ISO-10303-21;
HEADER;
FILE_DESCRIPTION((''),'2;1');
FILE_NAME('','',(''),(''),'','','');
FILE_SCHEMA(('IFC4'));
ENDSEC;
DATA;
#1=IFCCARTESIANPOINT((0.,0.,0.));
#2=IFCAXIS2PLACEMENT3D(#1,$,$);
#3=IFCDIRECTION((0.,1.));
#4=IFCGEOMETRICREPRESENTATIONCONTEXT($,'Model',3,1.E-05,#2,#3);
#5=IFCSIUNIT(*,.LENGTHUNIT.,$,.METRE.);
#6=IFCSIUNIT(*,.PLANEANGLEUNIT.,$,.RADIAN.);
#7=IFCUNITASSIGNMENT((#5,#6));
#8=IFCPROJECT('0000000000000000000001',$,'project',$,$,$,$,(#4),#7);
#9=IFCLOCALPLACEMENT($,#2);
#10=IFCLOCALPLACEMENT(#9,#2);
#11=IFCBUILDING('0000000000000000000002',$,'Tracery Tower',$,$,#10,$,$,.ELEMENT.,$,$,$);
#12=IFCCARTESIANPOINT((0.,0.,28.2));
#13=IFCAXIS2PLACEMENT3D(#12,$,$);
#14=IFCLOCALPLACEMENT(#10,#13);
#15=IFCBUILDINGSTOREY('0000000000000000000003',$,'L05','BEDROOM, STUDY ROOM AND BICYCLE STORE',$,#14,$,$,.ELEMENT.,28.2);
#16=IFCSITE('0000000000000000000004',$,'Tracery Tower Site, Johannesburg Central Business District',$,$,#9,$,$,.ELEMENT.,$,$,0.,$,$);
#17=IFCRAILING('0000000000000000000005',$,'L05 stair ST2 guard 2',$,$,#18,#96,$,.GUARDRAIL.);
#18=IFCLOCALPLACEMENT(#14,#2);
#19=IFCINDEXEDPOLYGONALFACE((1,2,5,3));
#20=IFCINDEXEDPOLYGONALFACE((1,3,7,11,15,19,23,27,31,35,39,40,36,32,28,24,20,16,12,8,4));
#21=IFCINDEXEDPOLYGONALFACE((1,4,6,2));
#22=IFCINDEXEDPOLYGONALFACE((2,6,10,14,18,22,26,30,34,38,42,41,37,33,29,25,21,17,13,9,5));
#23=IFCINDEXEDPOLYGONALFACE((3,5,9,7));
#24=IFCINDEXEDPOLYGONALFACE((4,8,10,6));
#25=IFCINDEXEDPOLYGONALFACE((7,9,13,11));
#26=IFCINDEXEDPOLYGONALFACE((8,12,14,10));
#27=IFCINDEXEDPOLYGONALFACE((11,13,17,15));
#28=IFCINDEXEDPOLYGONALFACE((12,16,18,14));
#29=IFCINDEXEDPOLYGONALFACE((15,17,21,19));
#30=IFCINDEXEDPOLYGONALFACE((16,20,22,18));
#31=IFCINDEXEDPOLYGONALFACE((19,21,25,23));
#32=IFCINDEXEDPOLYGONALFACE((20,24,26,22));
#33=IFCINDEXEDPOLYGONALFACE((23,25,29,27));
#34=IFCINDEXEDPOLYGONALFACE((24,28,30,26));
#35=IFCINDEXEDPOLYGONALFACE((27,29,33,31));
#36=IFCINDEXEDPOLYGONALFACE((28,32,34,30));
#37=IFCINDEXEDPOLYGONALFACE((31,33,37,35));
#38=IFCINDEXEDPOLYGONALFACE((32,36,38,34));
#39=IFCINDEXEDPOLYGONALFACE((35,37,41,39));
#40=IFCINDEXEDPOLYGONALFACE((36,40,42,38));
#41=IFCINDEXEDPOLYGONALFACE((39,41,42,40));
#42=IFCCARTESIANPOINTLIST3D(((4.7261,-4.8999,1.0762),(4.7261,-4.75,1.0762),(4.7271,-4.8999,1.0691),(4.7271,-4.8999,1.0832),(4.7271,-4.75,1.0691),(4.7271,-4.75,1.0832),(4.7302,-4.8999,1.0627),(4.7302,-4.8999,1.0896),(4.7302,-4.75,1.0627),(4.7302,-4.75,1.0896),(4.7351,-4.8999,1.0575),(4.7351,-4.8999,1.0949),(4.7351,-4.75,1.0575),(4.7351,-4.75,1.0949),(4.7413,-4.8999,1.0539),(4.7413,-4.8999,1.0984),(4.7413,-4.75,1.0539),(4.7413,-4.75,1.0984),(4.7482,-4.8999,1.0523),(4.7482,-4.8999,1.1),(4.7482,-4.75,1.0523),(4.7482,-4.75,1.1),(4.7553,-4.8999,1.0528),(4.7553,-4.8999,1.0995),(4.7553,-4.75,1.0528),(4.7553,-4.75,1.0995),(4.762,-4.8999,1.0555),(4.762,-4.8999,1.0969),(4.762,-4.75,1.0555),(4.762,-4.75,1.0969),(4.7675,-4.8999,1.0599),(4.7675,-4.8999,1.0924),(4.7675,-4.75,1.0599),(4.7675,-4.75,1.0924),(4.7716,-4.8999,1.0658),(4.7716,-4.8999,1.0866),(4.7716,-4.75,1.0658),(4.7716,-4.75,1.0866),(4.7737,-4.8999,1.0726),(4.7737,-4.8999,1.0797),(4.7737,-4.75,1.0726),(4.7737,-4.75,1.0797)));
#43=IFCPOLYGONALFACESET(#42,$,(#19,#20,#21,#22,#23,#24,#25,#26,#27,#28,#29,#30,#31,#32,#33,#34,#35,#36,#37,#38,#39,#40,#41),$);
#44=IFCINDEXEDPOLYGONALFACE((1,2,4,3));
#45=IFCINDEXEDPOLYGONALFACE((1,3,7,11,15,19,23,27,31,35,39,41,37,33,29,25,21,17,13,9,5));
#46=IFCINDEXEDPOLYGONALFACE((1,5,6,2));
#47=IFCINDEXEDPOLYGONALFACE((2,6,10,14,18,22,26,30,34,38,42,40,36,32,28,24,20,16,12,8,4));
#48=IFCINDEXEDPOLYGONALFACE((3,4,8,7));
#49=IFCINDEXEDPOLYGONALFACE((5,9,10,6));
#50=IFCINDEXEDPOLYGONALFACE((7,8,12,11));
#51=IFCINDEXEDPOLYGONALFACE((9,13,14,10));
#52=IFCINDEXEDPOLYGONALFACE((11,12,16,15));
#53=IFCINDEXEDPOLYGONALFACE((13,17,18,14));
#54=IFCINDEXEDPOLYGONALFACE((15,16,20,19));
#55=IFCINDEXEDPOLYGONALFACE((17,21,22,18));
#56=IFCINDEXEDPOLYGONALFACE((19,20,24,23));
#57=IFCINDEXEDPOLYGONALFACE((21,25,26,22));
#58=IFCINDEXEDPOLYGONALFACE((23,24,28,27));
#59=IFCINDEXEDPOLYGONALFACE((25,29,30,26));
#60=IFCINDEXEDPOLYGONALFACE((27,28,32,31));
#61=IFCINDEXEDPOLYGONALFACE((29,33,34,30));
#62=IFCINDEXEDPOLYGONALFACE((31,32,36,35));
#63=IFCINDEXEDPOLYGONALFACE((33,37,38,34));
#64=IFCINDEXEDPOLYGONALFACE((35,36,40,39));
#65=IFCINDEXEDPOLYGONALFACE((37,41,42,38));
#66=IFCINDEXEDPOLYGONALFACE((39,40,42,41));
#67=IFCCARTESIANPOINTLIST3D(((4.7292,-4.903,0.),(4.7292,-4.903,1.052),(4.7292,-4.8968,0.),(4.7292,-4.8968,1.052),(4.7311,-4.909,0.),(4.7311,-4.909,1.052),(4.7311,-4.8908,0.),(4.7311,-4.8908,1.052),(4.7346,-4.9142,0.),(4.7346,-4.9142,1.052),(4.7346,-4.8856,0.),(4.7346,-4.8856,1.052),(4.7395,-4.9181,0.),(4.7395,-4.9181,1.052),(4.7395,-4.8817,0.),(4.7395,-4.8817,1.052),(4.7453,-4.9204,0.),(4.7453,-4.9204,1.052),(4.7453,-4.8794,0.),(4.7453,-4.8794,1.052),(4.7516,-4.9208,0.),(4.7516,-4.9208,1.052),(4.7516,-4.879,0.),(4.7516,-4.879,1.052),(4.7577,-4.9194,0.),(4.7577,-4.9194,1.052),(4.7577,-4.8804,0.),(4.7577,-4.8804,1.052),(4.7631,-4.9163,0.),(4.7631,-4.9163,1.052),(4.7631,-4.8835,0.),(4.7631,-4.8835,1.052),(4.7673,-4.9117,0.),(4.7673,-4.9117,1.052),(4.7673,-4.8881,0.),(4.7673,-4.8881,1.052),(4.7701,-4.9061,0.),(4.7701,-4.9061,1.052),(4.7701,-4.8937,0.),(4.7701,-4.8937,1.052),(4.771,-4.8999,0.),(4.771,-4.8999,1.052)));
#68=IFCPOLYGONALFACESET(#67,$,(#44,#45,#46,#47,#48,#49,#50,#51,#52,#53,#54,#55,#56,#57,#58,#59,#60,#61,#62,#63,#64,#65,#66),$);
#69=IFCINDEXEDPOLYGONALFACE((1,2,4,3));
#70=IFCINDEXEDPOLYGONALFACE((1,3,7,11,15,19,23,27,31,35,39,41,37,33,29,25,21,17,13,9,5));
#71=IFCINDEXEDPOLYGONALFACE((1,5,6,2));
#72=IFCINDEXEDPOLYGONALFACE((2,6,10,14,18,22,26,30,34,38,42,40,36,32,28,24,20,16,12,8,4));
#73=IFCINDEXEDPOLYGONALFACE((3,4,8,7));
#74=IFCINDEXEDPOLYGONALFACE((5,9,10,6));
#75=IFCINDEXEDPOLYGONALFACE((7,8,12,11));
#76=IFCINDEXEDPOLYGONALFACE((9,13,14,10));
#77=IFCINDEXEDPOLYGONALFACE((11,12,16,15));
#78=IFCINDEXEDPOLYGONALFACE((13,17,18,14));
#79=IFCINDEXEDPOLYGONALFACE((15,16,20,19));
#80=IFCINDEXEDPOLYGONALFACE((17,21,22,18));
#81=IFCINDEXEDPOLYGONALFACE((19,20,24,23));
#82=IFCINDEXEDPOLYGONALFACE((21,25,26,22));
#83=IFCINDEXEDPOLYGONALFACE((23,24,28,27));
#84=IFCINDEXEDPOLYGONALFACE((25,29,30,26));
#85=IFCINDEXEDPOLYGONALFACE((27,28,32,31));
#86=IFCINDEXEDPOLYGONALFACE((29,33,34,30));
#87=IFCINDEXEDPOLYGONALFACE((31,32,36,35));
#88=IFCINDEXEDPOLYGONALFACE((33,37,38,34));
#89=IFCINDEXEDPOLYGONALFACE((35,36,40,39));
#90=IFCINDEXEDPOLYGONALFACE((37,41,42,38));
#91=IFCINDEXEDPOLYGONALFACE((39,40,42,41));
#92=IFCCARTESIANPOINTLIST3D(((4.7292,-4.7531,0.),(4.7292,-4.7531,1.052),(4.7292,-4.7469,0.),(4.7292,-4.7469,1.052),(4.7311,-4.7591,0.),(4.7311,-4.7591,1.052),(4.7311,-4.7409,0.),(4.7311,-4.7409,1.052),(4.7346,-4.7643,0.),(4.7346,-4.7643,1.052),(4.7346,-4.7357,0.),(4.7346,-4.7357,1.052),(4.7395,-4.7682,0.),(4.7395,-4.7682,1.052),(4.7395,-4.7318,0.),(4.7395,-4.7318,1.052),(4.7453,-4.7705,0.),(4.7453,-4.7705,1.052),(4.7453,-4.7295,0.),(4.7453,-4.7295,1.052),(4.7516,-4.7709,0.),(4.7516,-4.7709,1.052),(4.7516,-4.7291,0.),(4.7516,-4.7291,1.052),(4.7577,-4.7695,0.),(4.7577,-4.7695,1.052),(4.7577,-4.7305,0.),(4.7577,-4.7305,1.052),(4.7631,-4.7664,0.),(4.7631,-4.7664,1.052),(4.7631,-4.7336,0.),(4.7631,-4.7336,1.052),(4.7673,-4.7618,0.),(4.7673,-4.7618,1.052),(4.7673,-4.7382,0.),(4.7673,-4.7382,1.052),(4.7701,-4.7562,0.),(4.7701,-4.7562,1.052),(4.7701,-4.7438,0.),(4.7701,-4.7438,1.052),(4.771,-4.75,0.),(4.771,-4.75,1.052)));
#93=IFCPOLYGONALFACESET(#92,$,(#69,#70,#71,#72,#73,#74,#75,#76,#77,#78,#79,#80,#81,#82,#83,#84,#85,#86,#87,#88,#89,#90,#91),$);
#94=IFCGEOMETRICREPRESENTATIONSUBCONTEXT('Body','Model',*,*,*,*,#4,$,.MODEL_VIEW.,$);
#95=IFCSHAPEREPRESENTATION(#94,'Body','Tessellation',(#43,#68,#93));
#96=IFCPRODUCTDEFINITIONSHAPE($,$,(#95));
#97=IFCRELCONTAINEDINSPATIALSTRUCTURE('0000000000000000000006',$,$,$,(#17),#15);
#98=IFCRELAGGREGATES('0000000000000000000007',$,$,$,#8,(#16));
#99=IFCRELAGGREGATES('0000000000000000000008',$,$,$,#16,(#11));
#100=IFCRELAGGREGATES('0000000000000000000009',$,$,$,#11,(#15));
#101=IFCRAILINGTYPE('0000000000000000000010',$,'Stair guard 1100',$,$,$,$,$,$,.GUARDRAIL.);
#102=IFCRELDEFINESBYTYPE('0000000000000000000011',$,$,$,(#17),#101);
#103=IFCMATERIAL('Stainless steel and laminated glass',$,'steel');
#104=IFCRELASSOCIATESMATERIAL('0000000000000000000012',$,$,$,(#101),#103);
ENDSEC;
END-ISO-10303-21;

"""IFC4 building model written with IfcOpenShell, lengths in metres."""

from ifc_helpers import new_model, si_unit, direction, frame, origin, origin_2d, place, context, subcontext, project, spatial, circle, extrude, material, type_object, element, save


model = new_model("IFC4")

# Units and contexts
model_context = context("Model", 3, precision=1e-05, world=origin(), true_north=direction((0.0, 1.0)))
body_context = subcontext(model_context, "Body", "Model", "MODEL_VIEW")
ifc_project = project(units=[si_unit("LENGTHUNIT", "METRE"), si_unit("PLANEANGLEUNIT", "RADIAN")], contexts=[model_context])

# Site, building, storey
site_placement = place(None, origin())
site = spatial("IfcSite", under=ifc_project, at=site_placement, Name="Tracery Tower Site, Johannesburg Central Business District", CompositionType="ELEMENT", RefElevation=0.0)
building_placement = place(site_placement, origin())
building = spatial("IfcBuilding", under=site, at=building_placement, Name="Tracery Tower", CompositionType="ELEMENT")
storey_placement = place(building_placement, frame((0.0, 0.0, 28.2)))
storey = spatial("IfcBuildingStorey", under=building, at=storey_placement, Name="L05", Description="BEDROOM, STUDY ROOM AND BICYCLE STORE", CompositionType="ELEMENT", Elevation=28.2)

# Railing
ifc_material_1 = material(Name="Stainless steel and laminated glass", Category="steel")
railing_type_1 = type_object("IfcRailingType", Name="Stair guard 1100", PredefinedType="GUARDRAIL", material=ifc_material_1)
railing_1_placement = place(storey_placement, frame((4.75, -4.8999, 0.0)))
element("IfcRailing", 1, at=railing_1_placement, inside=storey, type_object=railing_type_1, Name="L05 stair ST2 guard 2", PredefinedType="GUARDRAIL", context=body_context, shape_type="SweptSolid", body=[
    extrude(circle(Radius=0.0239, at=origin_2d()), frame((0.0, 0.0, 1.0762), z_axis=(0.0, 1.0, 0.0), x_axis=(-1.0, 0.0, 0.0)), (0.0, 0.0, 1.0), 0.1499),
    extrude(circle(Radius=0.021, at=origin_2d()), origin(), (0.0, 0.0, 1.0), 1.052),
    extrude(circle(Radius=0.021, at=origin_2d()), frame((0.0, 0.1499, 0.0)), (0.0, 0.0, 1.0), 1.052),
])

save(model, "model.ifc")
